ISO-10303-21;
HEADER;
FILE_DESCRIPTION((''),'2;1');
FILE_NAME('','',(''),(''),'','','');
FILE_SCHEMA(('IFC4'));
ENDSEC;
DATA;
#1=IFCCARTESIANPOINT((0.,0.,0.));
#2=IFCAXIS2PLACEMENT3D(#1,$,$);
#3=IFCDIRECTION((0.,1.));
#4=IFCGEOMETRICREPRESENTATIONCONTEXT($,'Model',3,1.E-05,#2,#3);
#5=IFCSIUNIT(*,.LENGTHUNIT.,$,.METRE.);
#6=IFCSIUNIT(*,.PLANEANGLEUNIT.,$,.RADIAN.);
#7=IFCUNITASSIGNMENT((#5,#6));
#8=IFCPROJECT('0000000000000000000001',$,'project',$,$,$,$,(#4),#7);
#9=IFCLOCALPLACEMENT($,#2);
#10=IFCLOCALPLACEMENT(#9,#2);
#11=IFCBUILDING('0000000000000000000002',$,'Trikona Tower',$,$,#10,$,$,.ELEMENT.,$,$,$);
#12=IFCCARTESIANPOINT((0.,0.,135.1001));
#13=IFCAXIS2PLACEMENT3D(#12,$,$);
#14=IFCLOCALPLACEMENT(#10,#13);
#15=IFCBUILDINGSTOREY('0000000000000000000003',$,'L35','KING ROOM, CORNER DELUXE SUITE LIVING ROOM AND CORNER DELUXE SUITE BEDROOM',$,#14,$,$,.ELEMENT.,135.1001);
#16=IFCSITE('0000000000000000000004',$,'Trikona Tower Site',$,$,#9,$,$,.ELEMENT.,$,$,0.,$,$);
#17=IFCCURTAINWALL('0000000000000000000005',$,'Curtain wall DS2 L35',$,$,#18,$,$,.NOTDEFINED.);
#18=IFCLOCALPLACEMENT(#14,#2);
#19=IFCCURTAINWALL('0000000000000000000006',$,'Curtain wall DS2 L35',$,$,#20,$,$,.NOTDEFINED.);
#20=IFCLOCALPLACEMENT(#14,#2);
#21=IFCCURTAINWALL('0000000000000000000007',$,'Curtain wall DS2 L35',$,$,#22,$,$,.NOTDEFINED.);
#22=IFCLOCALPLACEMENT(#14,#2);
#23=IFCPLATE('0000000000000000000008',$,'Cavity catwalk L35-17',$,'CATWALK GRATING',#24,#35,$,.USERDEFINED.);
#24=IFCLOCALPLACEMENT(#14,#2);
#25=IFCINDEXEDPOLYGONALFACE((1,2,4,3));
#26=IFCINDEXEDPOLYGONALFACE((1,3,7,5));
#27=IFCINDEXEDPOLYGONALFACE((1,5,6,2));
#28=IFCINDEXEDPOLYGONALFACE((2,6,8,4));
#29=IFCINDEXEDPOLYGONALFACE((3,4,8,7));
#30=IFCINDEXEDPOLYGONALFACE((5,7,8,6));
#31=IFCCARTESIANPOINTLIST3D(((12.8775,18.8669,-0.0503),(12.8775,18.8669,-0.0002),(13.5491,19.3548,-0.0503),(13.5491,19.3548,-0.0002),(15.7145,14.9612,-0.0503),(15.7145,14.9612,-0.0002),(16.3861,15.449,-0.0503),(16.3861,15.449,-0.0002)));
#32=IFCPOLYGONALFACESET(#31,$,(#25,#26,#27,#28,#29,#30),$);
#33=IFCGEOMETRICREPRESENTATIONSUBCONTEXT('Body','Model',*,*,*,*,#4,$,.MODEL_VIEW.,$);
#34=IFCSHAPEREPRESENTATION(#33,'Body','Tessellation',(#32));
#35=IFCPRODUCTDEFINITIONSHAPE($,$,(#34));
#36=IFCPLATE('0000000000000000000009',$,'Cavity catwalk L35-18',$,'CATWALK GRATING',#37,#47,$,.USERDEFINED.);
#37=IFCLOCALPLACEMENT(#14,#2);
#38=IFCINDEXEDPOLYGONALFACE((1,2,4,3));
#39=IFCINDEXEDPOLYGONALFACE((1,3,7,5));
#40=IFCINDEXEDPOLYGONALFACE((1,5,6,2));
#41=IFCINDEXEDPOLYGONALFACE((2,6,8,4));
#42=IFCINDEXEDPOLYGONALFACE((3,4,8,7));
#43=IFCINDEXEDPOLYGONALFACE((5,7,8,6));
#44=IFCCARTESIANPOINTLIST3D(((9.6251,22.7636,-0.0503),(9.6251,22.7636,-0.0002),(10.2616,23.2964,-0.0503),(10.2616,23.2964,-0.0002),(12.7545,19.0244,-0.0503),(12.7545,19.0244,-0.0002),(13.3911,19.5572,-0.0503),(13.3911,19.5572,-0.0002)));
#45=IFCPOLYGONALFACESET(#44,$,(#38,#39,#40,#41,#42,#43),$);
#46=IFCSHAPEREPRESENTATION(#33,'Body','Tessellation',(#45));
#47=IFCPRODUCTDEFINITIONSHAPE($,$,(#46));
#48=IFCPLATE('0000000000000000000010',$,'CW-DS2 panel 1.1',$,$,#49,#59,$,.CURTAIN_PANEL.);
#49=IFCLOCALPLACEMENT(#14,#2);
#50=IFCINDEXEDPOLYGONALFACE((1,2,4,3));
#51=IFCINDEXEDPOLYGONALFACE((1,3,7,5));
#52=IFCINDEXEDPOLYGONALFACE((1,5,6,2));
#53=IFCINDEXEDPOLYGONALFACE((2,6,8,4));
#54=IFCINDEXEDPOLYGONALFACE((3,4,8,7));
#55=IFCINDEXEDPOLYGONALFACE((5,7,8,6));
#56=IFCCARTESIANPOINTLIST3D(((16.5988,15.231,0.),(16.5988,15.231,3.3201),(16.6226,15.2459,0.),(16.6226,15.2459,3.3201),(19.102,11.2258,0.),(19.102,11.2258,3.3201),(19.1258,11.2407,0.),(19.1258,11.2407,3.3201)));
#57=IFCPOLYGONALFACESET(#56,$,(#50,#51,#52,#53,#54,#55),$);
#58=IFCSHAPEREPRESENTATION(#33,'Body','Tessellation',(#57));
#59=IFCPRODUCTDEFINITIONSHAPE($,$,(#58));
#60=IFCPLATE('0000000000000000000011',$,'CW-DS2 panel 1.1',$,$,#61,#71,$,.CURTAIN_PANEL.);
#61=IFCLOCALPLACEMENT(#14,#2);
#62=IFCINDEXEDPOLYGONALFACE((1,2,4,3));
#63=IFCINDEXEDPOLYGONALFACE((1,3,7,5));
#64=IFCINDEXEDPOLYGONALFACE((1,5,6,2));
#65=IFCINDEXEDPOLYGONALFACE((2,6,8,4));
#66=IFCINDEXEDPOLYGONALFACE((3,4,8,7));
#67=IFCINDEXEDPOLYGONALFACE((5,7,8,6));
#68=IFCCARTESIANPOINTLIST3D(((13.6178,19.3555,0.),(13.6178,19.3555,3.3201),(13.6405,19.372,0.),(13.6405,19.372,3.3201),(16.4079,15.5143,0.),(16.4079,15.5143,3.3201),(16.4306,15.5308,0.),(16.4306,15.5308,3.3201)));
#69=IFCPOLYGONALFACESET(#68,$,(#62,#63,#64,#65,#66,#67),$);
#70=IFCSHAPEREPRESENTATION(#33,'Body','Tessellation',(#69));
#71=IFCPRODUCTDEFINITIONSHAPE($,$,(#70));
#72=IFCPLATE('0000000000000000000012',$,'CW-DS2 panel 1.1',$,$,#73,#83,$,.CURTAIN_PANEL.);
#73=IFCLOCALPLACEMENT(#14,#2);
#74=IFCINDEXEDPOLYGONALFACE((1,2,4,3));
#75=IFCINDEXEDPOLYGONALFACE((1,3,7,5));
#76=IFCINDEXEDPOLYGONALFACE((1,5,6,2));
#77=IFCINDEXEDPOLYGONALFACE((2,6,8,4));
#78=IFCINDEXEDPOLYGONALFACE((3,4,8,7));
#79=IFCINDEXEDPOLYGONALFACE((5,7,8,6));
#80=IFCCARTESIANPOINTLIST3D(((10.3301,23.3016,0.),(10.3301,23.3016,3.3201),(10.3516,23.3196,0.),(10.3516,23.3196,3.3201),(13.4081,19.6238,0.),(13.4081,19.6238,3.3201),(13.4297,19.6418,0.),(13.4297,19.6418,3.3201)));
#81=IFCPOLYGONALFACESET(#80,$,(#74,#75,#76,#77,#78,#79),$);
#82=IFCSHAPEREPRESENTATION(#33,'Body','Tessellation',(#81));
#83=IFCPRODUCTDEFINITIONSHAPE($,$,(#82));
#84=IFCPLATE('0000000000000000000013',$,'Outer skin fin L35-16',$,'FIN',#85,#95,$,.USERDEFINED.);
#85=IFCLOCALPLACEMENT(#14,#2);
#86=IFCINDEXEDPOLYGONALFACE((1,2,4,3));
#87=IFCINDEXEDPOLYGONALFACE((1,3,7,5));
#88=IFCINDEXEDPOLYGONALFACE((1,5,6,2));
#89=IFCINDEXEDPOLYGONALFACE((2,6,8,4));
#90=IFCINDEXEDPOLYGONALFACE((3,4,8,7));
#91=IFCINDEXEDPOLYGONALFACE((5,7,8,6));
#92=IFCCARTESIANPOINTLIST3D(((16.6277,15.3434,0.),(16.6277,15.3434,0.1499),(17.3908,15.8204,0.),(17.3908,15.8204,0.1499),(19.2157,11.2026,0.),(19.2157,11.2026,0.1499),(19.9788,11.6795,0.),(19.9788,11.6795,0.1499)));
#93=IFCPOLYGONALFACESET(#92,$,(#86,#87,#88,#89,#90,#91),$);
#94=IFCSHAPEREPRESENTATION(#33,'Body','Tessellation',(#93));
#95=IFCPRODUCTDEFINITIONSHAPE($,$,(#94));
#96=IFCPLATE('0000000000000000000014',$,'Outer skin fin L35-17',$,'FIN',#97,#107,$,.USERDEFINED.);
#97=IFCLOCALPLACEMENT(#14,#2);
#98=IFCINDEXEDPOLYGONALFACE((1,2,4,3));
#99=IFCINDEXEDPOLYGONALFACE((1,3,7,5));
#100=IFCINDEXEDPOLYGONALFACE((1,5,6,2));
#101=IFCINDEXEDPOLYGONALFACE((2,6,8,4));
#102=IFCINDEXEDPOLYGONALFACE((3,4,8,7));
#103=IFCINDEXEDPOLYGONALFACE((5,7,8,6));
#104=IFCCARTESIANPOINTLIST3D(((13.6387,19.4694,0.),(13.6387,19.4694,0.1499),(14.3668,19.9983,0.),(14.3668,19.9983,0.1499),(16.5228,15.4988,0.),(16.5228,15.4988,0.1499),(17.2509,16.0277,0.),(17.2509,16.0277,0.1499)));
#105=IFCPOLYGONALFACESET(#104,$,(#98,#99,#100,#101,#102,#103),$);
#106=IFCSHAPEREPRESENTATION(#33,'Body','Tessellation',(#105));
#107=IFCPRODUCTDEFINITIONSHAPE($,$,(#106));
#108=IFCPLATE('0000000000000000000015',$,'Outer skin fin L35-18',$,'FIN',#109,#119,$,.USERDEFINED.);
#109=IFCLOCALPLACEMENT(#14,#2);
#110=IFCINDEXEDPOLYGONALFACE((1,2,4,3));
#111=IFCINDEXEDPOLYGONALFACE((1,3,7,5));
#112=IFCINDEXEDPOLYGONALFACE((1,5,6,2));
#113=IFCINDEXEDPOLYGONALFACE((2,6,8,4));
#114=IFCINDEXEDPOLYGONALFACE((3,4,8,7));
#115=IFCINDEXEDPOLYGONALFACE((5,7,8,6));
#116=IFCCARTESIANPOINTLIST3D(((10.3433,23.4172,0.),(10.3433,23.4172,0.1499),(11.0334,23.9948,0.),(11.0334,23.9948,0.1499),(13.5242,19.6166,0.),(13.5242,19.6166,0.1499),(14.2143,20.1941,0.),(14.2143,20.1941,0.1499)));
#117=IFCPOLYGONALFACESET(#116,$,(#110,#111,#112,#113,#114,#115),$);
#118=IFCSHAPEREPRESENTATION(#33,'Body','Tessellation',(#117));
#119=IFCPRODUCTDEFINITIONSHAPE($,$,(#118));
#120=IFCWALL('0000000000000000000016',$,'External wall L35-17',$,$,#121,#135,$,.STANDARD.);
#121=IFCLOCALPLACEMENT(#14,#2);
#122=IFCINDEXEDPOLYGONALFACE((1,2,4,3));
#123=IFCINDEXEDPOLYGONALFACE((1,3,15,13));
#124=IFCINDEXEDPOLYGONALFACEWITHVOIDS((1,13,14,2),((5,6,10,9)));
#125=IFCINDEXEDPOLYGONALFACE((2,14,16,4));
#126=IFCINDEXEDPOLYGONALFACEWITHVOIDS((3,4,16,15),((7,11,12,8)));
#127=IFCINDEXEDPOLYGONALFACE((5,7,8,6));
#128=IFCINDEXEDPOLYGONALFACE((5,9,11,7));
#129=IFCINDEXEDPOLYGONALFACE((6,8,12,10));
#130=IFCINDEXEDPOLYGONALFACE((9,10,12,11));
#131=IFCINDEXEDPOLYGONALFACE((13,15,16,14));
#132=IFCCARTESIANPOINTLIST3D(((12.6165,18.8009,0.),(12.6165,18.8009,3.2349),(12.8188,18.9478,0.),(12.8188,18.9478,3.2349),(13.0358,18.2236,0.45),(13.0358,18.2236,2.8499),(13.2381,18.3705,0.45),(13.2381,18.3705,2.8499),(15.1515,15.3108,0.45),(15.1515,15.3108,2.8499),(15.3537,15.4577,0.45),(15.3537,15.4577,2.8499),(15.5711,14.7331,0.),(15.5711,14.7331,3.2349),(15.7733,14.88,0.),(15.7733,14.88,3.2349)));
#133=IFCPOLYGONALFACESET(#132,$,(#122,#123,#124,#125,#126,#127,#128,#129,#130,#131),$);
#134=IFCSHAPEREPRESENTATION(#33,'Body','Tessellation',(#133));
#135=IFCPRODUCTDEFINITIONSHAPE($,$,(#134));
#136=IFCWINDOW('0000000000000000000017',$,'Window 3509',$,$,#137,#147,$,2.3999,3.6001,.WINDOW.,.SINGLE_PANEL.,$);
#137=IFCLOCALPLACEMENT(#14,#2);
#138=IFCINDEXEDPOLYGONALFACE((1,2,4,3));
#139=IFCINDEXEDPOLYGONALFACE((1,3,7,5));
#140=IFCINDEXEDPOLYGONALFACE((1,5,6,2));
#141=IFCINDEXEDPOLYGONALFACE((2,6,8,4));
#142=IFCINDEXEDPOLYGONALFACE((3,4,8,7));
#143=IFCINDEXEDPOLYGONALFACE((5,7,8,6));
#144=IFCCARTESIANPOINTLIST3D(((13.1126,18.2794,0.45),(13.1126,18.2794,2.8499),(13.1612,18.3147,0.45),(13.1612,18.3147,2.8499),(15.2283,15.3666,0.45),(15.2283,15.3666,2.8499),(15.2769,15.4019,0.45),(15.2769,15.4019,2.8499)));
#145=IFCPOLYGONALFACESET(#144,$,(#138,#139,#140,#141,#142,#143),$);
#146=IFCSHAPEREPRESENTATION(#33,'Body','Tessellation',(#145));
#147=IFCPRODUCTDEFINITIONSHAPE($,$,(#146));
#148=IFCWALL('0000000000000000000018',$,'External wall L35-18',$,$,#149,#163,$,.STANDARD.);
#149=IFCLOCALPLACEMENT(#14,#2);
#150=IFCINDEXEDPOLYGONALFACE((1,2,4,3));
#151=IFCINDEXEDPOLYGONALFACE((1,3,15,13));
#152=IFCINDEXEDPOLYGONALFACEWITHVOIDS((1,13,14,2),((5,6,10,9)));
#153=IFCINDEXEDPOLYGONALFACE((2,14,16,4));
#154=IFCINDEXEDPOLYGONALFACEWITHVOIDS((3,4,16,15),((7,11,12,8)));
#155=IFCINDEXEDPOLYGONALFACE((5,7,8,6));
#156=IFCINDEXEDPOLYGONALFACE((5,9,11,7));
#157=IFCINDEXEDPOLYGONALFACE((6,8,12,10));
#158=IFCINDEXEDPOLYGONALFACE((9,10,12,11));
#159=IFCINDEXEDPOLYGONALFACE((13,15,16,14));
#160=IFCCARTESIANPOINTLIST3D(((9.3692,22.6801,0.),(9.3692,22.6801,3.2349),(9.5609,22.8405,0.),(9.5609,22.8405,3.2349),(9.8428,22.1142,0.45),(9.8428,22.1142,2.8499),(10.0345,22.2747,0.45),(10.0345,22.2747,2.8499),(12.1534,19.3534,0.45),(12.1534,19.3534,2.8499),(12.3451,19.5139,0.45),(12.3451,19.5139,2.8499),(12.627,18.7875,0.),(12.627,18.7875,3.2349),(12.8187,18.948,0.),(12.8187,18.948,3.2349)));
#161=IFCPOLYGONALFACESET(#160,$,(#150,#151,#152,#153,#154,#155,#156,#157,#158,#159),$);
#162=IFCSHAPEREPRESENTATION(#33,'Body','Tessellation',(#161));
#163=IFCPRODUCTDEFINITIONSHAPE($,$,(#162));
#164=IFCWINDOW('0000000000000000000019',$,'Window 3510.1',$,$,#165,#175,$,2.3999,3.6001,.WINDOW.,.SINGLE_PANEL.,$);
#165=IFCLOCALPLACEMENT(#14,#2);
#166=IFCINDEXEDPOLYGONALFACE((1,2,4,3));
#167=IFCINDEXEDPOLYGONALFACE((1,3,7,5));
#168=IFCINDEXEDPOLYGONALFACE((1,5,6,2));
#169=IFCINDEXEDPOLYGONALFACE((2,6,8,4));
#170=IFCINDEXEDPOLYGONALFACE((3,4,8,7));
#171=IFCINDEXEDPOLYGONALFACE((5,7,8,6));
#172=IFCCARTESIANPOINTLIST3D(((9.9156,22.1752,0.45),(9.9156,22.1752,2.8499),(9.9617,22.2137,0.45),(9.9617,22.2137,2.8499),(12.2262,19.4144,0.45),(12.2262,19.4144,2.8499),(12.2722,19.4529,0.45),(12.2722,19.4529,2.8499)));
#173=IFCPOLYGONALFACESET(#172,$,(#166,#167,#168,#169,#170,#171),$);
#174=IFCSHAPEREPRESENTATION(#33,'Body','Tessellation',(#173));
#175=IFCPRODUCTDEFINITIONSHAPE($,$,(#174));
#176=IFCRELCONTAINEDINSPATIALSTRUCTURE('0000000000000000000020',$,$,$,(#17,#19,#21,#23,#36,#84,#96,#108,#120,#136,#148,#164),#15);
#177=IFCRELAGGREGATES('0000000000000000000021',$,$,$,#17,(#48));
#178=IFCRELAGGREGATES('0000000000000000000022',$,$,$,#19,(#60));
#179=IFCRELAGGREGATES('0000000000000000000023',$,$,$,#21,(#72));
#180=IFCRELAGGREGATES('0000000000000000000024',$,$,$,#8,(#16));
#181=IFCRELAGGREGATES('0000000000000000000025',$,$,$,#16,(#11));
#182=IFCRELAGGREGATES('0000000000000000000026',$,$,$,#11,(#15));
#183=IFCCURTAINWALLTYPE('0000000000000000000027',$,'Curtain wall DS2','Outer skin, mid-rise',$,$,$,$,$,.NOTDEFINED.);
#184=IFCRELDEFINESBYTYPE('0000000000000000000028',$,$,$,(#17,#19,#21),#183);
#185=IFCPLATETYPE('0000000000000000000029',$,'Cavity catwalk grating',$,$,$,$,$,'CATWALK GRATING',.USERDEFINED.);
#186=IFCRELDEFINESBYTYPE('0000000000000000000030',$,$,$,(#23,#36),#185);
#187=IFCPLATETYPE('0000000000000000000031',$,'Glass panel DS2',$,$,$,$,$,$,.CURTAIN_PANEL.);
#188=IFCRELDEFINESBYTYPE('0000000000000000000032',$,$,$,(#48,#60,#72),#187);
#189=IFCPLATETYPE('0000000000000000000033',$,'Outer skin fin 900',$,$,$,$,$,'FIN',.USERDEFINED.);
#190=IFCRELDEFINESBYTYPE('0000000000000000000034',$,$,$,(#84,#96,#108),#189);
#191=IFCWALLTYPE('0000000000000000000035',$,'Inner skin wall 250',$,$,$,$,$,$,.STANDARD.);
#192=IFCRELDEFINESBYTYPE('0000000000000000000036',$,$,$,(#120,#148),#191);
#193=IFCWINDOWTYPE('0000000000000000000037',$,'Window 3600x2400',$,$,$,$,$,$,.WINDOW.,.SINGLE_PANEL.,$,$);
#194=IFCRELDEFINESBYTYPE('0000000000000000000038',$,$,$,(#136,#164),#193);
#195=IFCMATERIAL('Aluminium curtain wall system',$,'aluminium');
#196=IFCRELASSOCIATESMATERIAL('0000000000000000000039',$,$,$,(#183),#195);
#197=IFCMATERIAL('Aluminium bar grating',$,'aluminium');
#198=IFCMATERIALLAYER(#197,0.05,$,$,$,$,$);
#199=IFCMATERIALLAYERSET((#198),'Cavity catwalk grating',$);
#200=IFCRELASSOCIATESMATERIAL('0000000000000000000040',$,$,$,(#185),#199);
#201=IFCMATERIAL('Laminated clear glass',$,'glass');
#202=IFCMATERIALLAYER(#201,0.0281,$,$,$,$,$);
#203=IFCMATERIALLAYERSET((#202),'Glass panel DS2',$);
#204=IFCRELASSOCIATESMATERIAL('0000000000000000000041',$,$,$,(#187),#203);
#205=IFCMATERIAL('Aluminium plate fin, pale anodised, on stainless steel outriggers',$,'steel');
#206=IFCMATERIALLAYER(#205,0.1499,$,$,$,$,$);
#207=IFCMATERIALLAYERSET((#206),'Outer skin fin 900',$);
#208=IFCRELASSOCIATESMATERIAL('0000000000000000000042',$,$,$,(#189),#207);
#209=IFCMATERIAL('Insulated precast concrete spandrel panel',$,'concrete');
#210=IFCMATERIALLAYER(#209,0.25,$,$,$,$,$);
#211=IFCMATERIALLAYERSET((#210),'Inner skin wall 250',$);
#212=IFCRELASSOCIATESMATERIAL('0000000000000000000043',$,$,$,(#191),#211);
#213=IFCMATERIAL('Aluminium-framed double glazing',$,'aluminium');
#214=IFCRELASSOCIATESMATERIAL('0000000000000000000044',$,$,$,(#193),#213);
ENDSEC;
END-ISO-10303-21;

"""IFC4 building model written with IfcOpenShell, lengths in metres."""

from ifc_helpers import new_model, si_unit, direction, frame, frame_2d, origin, origin_2d, place, context, subcontext, project, spatial, rectangle, extrude, material, layer, layer_set, type_object, element, fill, aggregate, save


model = new_model("IFC4")

# Units and contexts
model_context = context("Model", 3, precision=1e-05, world=origin(), true_north=direction((0.0, 1.0)))
body_context = subcontext(model_context, "Body", "Model", "MODEL_VIEW")
ifc_project = project(units=[si_unit("LENGTHUNIT", "METRE"), si_unit("PLANEANGLEUNIT", "RADIAN")], contexts=[model_context])

# Site, building, storey
site_placement = place(None, origin())
site = spatial("IfcSite", under=ifc_project, at=site_placement, Name="Trikona Tower Site", CompositionType="ELEMENT", RefElevation=0.0)
building_placement = place(site_placement, origin())
building = spatial("IfcBuilding", under=site, at=building_placement, Name="Trikona Tower", CompositionType="ELEMENT")
storey_placement = place(building_placement, frame((0.0, 0.0, 135.1001)))
storey = spatial("IfcBuildingStorey", under=building, at=storey_placement, Name="L35", Description="KING ROOM, CORNER DELUXE SUITE LIVING ROOM AND CORNER DELUXE SUITE BEDROOM", CompositionType="ELEMENT", Elevation=135.1001)

# Curtain walls
ifc_material_1 = material(Name="Aluminium curtain wall system", Category="aluminium")
curtain_wall_type = type_object("IfcCurtainWallType", Name="Curtain wall DS2", Description="Outer skin, mid-rise", PredefinedType="NOTDEFINED", material=ifc_material_1)
curtain_wall_1_placement = place(storey_placement, origin())
curtain_wall_1 = element("IfcCurtainWall", 1, at=curtain_wall_1_placement, inside=storey, type_object=curtain_wall_type, Name="Curtain wall DS2 L35", PredefinedType="NOTDEFINED")
curtain_wall_2_placement = place(storey_placement, origin())
curtain_wall_2 = element("IfcCurtainWall", 2, at=curtain_wall_2_placement, inside=storey, type_object=curtain_wall_type, Name="Curtain wall DS2 L35", PredefinedType="NOTDEFINED")
curtain_wall_3_placement = place(storey_placement, origin())
curtain_wall_3 = element("IfcCurtainWall", 3, at=curtain_wall_3_placement, inside=storey, type_object=curtain_wall_type, Name="Curtain wall DS2 L35", PredefinedType="NOTDEFINED")

# Plates
ifc_material_2 = material(Name="Aluminium bar grating", Category="aluminium")
ifc_layer_1 = layer(ifc_material_2, 0.05)
ifc_layer_set_1 = layer_set([ifc_layer_1], Name="Cavity catwalk grating")
plate_type_1 = type_object("IfcPlateType", Name="Cavity catwalk grating", ElementType="CATWALK GRATING", PredefinedType="USERDEFINED", material=ifc_layer_set_1)
plate_1_placement = place(storey_placement, frame((14.6318, 17.158, -0.0503), z_axis=(0.0, 0.0, 1.0), x_axis=(-0.587686, 0.809089, 0.0)))
element("IfcPlate", 4, at=plate_1_placement, inside=storey, type_object=plate_type_1, Name="Cavity catwalk L35-17", ObjectType="CATWALK GRATING", PredefinedType="USERDEFINED", context=body_context, shape_type="SweptSolid", body=[
    extrude(rectangle(XDim=4.8274, YDim=0.8301, at=origin_2d()), origin(), (0.0, 0.0, 1.0), 0.05),
])
plate_2_placement = place(storey_placement, frame((11.5081, 21.1604, -0.0503), z_axis=(0.0, 0.0, 1.0), x_axis=(-0.641807, 0.766866, 0.0)))
element("IfcPlate", 5, at=plate_2_placement, inside=storey, type_object=plate_type_1, Name="Cavity catwalk L35-18", ObjectType="CATWALK GRATING", PredefinedType="USERDEFINED", context=body_context, shape_type="SweptSolid", body=[
    extrude(rectangle(XDim=4.876, YDim=0.8301, at=origin_2d()), origin(), (0.0, 0.0, 1.0), 0.05),
])

# Plates
ifc_material_3 = material(Name="Laminated clear glass", Category="glass")
ifc_layer_2 = layer(ifc_material_3, 0.0281)
ifc_layer_set_2 = layer_set([ifc_layer_2], Name="Glass panel DS2")
plate_type_2 = type_object("IfcPlateType", Name="Glass panel DS2", PredefinedType="CURTAIN_PANEL", material=ifc_layer_set_2)
plate_3_placement = place(storey_placement, frame((17.8623, 13.2358, 0.0), z_axis=(0.0, 0.0, 1.0), x_axis=(-0.529999, 0.847998, 0.0)))
plate_3 = element("IfcPlate", 6, at=plate_3_placement, type_object=plate_type_2, Name="CW-DS2 panel 1.1", PredefinedType="CURTAIN_PANEL", context=body_context, shape_type="SweptSolid", body=[
    extrude(rectangle(XDim=4.7231, YDim=0.0281, at=origin_2d()), origin(), (0.0, 0.0, 1.0), 3.3201),
])
aggregate(curtain_wall_1, [plate_3])
plate_4_placement = place(storey_placement, frame((15.0242, 17.4431, 0.0), z_axis=(0.0, 0.0, 1.0), x_axis=(-0.587691, 0.809086, 0.0)))
plate_4 = element("IfcPlate", 7, at=plate_4_placement, type_object=plate_type_2, Name="CW-DS2 panel 1.1", PredefinedType="CURTAIN_PANEL", context=body_context, shape_type="SweptSolid", body=[
    extrude(rectangle(XDim=4.7476, YDim=0.0281, at=origin_2d()), origin(), (0.0, 0.0, 1.0), 3.3201),
])
aggregate(curtain_wall_2, [plate_4])
plate_5_placement = place(storey_placement, frame((11.8799, 21.4717, 0.0), z_axis=(0.0, 0.0, 1.0), x_axis=(-0.641806, 0.766867, 0.0)))
plate_5 = element("IfcPlate", 8, at=plate_5_placement, type_object=plate_type_2, Name="CW-DS2 panel 1.1", PredefinedType="CURTAIN_PANEL", context=body_context, shape_type="SweptSolid", body=[
    extrude(rectangle(XDim=4.7959, YDim=0.0281, at=origin_2d()), origin(), (0.0, 0.0, 1.0), 3.3201),
])
aggregate(curtain_wall_3, [plate_5])

# Plates
ifc_material_4 = material(Name="Aluminium plate fin, pale anodised, on stainless steel outriggers", Category="steel")
ifc_layer_3 = layer(ifc_material_4, 0.1499)
ifc_layer_set_3 = layer_set([ifc_layer_3], Name="Outer skin fin 900")
plate_type_3 = type_object("IfcPlateType", Name="Outer skin fin 900", ElementType="FIN", PredefinedType="USERDEFINED", material=ifc_layer_set_3)
plate_6_placement = place(storey_placement, frame((18.3032, 13.5115, 0.0), z_axis=(0.0, 0.0, 1.0), x_axis=(-0.529995, 0.848001, 0.0)))
element("IfcPlate", 9, at=plate_6_placement, inside=storey, type_object=plate_type_3, Name="Outer skin fin L35-16", ObjectType="FIN", PredefinedType="USERDEFINED", context=body_context, shape_type="SweptSolid", body=[
    extrude(rectangle(XDim=4.8831, YDim=0.8999, at=origin_2d()), origin(), (0.0, 0.0, 1.0), 0.1499),
])
plate_7_placement = place(storey_placement, frame((15.4448, 17.7485, 0.0), z_axis=(0.0, 0.0, 1.0), x_axis=(-0.587686, 0.809089, 0.0)))
element("IfcPlate", 10, at=plate_7_placement, inside=storey, type_object=plate_type_3, Name="Outer skin fin L35-17", ObjectType="FIN", PredefinedType="USERDEFINED", context=body_context, shape_type="SweptSolid", body=[
    extrude(rectangle(XDim=4.9075, YDim=0.8999, at=origin_2d()), origin(), (0.0, 0.0, 1.0), 0.1499),
])
plate_8_placement = place(storey_placement, frame((12.2788, 21.8057, 0.0), z_axis=(0.0, 0.0, 1.0), x_axis=(-0.641807, 0.766866, 0.0)))
element("IfcPlate", 11, at=plate_8_placement, inside=storey, type_object=plate_type_3, Name="Outer skin fin L35-18", ObjectType="FIN", PredefinedType="USERDEFINED", context=body_context, shape_type="SweptSolid", body=[
    extrude(rectangle(XDim=4.9561, YDim=0.8999, at=origin_2d()), origin(), (0.0, 0.0, 1.0), 0.1499),
])

# Walls, openings, windows
ifc_material_5 = material(Name="Insulated precast concrete spandrel panel", Category="concrete")
ifc_layer_4 = layer(ifc_material_5, 0.25)
ifc_layer_set_4 = layer_set([ifc_layer_4], Name="Inner skin wall 250")
wall_type = type_object("IfcWallType", Name="Inner skin wall 250", PredefinedType="STANDARD", material=ifc_layer_set_4)
wall_1_placement = place(storey_placement, frame((15.6721, 14.8066, 0.0), z_axis=(0.0, 0.0, 1.0), x_axis=(-0.587669, 0.809101, 0.0)))
wall_1 = element("IfcWall", 12, at=wall_1_placement, inside=storey, type_object=wall_type, Name="External wall L35-17", PredefinedType="STANDARD", context=body_context, shape_type="SweptSolid", body=[
    extrude(rectangle(XDim=5.0276, YDim=0.25, at=frame_2d((2.5137, 0.0))), origin(), (0.0, 0.0, 1.0), 3.2349),
])
opening_1_placement = place(wall_1_placement, frame((0.7139, 0.0, 0.45)))
opening_1 = element("IfcOpeningElement", 13, at=opening_1_placement, cuts=wall_1, PredefinedType="OPENING", context=body_context, shape_type="SweptSolid", body=[
    extrude(rectangle(XDim=3.6001, YDim=2.3999, at=frame_2d((1.8, 1.2))), frame((0.0, 0.135, 0.0), z_axis=(0.0, -1.0, 0.0), x_axis=(1.0, 0.0, 0.0)), (0.0, 0.0, 1.0), 0.27),
])
ifc_material_6 = material(Name="Aluminium-framed double glazing", Category="aluminium")
window_type = type_object("IfcWindowType", Name="Window 3600x2400", PartitioningType="SINGLE_PANEL", PredefinedType="WINDOW", material=ifc_material_6)
window_1_placement = place(opening_1_placement, origin())
window_1 = element("IfcWindow", 14, at=window_1_placement, inside=storey, type_object=window_type, Name="Window 3509", OverallHeight=2.3999, OverallWidth=3.6001, PartitioningType="SINGLE_PANEL", PredefinedType="WINDOW", context=body_context, shape_type="SweptSolid", body=[
    extrude(rectangle(XDim=3.6001, YDim=2.3999, at=frame_2d((1.8, 1.2))), frame((0.0, 0.03, 0.0), z_axis=(0.0, -1.0, 0.0), x_axis=(1.0, 0.0, 0.0)), (0.0, 0.0, 1.0), 0.0601),
])
fill(opening_1, window_1)
wall_2_placement = place(storey_placement, frame((12.7229, 18.8677, 0.0), z_axis=(0.0, 0.0, 1.0), x_axis=(-0.64181, 0.766863, 0.0)))
wall_2 = element("IfcWall", 15, at=wall_2_placement, inside=storey, type_object=wall_type, Name="External wall L35-18", PredefinedType="STANDARD", context=body_context, shape_type="SweptSolid", body=[
    extrude(rectangle(XDim=5.0759, YDim=0.25, at=frame_2d((2.5381, 0.0))), origin(), (0.0, 0.0, 1.0), 3.2349),
])
opening_2_placement = place(wall_2_placement, frame((0.738, 0.0, 0.45)))
opening_2 = element("IfcOpeningElement", 16, at=opening_2_placement, cuts=wall_2, PredefinedType="OPENING", context=body_context, shape_type="SweptSolid", body=[
    extrude(rectangle(XDim=3.6001, YDim=2.3999, at=frame_2d((1.8, 1.2))), frame((0.0, 0.135, 0.0), z_axis=(0.0, -1.0, 0.0), x_axis=(1.0, 0.0, 0.0)), (0.0, 0.0, 1.0), 0.27),
])
window_2_placement = place(opening_2_placement, origin())
window_2 = element("IfcWindow", 17, at=window_2_placement, inside=storey, type_object=window_type, Name="Window 3510.1", OverallHeight=2.3999, OverallWidth=3.6001, PartitioningType="SINGLE_PANEL", PredefinedType="WINDOW", context=body_context, shape_type="SweptSolid", body=[
    extrude(rectangle(XDim=3.6001, YDim=2.3999, at=frame_2d((1.8, 1.2))), frame((0.0, 0.03, 0.0), z_axis=(0.0, -1.0, 0.0), x_axis=(1.0, 0.0, 0.0)), (0.0, 0.0, 1.0), 0.0601),
])
fill(opening_2, window_2)

save(model, "model.ifc")
